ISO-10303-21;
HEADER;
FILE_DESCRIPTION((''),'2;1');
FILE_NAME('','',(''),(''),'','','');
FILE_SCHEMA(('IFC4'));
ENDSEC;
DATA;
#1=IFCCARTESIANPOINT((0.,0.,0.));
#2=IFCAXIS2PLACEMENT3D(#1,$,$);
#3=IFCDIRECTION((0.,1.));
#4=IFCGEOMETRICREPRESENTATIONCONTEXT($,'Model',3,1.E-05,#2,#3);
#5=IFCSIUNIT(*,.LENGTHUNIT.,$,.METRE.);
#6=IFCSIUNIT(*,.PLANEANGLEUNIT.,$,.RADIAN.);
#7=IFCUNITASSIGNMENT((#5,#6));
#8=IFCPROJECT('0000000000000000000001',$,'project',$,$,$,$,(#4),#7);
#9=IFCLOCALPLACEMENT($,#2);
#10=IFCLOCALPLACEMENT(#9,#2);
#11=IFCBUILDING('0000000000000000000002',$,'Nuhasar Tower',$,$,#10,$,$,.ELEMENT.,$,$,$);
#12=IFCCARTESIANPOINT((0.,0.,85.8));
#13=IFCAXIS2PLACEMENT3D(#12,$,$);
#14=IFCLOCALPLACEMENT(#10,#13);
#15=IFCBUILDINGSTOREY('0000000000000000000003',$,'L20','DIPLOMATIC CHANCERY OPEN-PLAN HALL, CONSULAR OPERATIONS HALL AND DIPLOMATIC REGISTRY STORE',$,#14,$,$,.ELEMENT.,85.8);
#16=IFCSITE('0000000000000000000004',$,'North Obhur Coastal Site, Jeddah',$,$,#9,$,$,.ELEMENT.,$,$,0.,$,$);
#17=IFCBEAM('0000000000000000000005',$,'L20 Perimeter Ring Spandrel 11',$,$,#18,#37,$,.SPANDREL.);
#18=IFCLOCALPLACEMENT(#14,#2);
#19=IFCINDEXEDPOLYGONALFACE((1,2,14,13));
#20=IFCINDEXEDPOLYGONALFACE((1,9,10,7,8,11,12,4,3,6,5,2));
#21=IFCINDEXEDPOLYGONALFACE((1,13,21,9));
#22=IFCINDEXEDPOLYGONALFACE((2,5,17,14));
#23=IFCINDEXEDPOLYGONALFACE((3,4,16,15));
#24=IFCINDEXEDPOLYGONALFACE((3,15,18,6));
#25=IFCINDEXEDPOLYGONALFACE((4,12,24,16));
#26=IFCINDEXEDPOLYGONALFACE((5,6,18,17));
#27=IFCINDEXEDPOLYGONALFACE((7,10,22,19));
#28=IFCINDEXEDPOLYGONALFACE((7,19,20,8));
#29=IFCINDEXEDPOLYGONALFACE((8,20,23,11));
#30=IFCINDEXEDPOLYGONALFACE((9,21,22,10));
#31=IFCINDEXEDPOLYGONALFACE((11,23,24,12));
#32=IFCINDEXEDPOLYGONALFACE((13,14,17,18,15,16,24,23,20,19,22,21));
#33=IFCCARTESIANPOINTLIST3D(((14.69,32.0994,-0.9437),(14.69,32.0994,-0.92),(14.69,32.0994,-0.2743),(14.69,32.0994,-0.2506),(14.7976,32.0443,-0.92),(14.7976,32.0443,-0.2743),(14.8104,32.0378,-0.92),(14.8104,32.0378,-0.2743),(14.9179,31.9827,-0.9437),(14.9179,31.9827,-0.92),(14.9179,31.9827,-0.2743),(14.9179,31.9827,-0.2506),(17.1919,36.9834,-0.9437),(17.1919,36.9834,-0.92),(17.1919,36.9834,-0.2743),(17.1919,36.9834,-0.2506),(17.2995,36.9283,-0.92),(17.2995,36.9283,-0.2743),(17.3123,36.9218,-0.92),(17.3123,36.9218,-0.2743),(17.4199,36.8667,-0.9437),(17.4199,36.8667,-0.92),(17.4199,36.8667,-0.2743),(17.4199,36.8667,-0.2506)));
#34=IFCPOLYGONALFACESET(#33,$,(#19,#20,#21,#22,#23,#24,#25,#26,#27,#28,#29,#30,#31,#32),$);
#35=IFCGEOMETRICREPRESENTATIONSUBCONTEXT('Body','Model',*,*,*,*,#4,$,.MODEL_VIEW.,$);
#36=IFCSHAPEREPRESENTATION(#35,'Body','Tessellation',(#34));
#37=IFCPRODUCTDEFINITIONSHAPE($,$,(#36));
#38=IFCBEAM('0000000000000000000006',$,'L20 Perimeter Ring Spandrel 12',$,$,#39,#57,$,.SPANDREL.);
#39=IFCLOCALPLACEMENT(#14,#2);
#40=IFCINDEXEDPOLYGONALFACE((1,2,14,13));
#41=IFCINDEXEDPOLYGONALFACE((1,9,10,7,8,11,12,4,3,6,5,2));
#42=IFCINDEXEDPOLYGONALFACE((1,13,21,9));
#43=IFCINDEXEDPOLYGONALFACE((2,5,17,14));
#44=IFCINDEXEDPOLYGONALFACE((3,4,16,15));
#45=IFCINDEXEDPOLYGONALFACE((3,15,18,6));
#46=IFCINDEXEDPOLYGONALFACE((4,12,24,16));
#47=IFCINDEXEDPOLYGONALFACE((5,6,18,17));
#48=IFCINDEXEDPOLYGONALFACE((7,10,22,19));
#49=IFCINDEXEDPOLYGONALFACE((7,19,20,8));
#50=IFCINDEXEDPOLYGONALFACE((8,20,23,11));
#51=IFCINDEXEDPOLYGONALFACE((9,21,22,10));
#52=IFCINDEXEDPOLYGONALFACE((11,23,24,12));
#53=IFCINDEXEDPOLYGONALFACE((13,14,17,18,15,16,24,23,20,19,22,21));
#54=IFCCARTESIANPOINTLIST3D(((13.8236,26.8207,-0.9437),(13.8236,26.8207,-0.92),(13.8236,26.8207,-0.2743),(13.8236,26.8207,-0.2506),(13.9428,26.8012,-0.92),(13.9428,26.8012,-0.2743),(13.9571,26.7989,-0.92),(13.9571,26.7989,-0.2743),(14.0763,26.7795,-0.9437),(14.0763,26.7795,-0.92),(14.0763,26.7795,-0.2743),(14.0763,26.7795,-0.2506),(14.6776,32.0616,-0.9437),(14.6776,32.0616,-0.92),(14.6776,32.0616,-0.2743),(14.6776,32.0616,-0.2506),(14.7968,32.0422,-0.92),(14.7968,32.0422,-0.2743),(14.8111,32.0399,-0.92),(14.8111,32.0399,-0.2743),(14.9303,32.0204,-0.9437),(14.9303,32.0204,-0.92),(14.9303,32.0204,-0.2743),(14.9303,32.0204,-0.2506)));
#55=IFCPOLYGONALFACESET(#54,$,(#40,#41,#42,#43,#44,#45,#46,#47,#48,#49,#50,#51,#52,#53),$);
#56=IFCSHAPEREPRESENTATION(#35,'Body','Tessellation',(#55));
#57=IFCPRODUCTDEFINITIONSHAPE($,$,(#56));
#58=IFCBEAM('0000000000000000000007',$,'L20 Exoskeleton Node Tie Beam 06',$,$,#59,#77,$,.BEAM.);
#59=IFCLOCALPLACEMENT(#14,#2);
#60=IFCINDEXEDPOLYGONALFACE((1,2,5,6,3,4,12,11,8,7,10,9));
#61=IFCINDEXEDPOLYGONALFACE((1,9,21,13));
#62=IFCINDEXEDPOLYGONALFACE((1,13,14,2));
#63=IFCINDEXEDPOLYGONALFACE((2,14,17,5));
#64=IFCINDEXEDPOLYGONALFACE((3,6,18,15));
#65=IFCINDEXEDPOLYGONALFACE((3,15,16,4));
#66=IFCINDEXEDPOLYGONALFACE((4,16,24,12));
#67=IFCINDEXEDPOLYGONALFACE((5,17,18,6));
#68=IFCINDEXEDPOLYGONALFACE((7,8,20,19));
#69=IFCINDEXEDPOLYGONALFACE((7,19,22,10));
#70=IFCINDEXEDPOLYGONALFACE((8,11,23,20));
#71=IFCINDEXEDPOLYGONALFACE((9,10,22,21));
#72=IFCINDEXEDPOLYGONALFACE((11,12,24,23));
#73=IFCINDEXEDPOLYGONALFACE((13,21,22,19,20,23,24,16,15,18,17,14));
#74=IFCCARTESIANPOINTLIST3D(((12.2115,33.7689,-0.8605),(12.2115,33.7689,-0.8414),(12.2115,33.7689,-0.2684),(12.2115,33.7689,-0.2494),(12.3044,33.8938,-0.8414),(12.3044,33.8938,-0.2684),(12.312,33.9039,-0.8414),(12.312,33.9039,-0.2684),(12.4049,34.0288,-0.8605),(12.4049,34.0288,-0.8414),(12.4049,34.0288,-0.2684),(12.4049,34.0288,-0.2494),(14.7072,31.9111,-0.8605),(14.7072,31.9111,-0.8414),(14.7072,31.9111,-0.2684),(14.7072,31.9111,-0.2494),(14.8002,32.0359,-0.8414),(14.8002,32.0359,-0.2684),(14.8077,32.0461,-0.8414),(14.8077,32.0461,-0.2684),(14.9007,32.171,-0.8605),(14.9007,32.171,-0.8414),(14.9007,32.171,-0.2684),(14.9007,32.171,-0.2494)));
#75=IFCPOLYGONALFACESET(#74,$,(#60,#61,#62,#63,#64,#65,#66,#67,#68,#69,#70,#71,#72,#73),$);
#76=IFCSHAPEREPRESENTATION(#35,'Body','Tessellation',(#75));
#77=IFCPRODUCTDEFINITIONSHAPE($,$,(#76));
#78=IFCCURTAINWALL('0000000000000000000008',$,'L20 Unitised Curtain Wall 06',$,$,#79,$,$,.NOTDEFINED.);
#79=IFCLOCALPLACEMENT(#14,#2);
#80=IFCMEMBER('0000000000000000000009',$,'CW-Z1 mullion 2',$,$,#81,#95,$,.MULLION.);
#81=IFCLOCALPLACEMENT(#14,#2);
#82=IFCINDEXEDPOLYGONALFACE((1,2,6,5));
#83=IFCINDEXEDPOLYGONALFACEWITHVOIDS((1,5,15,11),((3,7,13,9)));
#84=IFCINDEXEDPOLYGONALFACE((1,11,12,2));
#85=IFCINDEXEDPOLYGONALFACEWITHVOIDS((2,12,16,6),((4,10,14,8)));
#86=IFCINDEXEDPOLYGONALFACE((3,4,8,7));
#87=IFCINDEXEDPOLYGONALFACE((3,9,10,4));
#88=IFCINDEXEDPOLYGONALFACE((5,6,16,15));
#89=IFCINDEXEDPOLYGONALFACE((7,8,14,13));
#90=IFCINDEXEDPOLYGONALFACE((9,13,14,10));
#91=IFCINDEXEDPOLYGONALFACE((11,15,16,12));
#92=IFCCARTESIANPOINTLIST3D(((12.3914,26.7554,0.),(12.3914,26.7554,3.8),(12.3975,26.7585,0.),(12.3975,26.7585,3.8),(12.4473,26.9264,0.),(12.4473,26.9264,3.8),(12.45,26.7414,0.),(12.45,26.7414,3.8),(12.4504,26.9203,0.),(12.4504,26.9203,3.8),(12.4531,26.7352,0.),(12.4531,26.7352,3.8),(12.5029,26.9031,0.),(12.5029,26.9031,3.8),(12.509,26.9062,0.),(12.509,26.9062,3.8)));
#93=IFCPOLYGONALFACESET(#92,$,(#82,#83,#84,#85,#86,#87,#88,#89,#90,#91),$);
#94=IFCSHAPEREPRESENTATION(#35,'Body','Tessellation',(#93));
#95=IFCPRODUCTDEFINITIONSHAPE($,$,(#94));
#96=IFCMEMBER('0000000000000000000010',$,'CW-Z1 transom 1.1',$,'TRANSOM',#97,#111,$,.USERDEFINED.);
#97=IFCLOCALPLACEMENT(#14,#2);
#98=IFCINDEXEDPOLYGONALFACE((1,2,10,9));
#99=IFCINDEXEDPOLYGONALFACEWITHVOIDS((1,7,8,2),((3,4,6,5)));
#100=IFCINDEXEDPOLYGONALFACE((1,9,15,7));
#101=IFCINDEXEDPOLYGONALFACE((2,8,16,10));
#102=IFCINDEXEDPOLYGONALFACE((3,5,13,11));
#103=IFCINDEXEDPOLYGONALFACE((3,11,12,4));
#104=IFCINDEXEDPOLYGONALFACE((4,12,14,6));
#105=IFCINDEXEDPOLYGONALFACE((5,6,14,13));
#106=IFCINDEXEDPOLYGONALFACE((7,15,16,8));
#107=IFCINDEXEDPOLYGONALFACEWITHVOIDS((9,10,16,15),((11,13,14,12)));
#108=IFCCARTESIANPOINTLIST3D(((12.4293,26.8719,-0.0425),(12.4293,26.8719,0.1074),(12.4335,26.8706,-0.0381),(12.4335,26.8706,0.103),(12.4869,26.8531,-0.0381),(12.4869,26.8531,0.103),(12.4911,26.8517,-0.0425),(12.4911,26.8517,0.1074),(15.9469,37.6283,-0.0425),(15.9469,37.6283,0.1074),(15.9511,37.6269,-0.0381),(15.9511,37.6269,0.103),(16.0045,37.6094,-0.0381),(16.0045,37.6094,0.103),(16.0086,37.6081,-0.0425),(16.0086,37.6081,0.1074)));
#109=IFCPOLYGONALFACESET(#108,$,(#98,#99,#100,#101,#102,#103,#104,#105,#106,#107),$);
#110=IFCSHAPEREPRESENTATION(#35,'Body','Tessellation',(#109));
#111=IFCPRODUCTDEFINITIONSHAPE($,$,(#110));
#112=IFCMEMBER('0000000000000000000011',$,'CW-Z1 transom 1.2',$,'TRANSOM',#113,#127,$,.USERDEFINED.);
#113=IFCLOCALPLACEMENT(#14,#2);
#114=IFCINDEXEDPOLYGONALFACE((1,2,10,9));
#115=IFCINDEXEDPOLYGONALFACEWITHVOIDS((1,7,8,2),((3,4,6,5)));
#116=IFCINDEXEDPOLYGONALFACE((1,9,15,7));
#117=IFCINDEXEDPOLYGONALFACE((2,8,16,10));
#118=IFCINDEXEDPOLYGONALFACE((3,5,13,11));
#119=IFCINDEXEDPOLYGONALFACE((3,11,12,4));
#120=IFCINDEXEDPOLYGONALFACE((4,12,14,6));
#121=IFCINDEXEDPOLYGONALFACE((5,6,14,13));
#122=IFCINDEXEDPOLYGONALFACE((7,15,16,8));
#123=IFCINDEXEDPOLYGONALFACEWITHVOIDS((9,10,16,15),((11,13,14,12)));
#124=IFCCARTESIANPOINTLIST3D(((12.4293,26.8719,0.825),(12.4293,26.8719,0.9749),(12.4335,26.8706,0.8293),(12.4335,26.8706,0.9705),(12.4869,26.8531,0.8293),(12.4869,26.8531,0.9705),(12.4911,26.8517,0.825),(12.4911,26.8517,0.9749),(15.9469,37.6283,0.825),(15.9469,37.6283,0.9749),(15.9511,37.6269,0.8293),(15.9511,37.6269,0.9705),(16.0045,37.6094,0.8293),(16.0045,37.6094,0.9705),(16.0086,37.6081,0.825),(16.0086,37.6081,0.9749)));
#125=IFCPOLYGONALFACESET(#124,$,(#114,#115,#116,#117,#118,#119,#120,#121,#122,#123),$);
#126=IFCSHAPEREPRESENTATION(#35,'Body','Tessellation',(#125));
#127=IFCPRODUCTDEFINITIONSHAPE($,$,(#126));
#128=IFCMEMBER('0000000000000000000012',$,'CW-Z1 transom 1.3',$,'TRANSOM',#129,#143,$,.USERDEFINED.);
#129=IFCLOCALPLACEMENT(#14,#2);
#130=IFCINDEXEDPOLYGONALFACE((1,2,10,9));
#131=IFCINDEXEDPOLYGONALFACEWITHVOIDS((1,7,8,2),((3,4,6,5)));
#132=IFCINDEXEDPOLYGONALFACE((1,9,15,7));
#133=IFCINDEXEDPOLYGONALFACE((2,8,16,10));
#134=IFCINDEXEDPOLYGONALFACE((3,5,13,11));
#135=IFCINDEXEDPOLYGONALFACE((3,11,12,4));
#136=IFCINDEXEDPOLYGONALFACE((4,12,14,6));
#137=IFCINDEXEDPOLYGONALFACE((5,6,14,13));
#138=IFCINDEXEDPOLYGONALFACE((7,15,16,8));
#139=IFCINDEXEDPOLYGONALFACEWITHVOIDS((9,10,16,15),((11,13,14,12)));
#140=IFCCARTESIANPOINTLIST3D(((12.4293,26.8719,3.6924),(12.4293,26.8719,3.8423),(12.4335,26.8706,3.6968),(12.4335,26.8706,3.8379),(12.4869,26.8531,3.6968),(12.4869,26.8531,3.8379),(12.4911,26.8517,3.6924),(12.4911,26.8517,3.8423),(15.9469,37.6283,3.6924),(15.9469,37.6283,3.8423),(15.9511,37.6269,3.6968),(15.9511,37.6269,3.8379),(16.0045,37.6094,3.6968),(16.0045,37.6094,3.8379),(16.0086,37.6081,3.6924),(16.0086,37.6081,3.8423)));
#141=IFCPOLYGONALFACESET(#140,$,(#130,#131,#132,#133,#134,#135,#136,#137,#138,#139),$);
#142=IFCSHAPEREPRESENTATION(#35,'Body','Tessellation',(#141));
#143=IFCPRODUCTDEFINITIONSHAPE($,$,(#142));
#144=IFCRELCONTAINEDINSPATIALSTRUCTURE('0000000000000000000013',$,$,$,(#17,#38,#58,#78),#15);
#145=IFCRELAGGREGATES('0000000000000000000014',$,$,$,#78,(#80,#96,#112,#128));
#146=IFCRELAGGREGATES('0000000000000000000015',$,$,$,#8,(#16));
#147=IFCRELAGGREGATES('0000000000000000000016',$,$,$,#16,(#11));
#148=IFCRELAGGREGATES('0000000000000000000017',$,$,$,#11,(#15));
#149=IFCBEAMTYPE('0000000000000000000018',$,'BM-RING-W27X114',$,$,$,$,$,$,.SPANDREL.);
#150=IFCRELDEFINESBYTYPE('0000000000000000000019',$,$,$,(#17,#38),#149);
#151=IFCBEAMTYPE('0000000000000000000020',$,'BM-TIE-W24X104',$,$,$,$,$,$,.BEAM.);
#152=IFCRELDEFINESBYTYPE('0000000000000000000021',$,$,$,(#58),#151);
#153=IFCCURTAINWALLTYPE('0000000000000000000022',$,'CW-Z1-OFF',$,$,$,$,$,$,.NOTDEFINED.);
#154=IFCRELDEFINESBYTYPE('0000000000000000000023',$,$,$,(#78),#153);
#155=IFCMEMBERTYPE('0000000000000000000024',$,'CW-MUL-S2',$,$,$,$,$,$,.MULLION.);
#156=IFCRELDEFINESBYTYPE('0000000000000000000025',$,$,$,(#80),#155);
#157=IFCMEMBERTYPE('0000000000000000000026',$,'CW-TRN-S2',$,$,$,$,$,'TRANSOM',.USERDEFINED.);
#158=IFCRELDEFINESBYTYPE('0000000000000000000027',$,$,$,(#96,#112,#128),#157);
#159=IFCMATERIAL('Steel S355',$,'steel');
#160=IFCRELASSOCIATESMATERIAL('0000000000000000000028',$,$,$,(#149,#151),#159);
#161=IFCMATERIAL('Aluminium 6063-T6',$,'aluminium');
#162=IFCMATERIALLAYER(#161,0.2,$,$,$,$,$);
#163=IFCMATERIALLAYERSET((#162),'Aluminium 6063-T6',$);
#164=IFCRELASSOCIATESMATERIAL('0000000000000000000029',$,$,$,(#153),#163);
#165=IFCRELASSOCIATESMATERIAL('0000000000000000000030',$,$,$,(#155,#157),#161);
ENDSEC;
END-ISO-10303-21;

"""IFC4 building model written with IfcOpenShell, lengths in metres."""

from ifc_helpers import new_model, si_unit, direction, frame, origin, origin_2d, place, context, subcontext, project, spatial, hollow_rectangle, i_section, extrude, material, layer, layer_set, material_profile, profile_set, type_object, element, aggregate, save


model = new_model("IFC4")

# Units and contexts
model_context = context("Model", 3, precision=1e-05, world=origin(), true_north=direction((0.0, 1.0)))
body_context = subcontext(model_context, "Body", "Model", "MODEL_VIEW")
ifc_project = project(units=[si_unit("LENGTHUNIT", "METRE"), si_unit("PLANEANGLEUNIT", "RADIAN")], contexts=[model_context])

# Site, building, storey
site_placement = place(None, origin())
site = spatial("IfcSite", under=ifc_project, at=site_placement, Name="North Obhur Coastal Site, Jeddah", CompositionType="ELEMENT", RefElevation=0.0)
building_placement = place(site_placement, origin())
building = spatial("IfcBuilding", under=site, at=building_placement, Name="Nuhasar Tower", CompositionType="ELEMENT")
storey_placement = place(building_placement, frame((0.0, 0.0, 85.8)))
storey = spatial("IfcBuildingStorey", under=building, at=storey_placement, Name="L20", Description="DIPLOMATIC CHANCERY OPEN-PLAN HALL, CONSULAR OPERATIONS HALL AND DIPLOMATIC REGISTRY STORE", CompositionType="ELEMENT", Elevation=85.8)

# Beams
ifc_material_1 = material(Name="Steel S355", Category="steel")
ifc_material_profile_1 = material_profile(ifc_material_1, i_section(OverallWidth=0.2561, OverallDepth=0.6931, WebThickness=0.0144, FlangeThickness=0.0237, at=origin_2d()), Name="W27X114")
ifc_profile_set_1 = profile_set([ifc_material_profile_1], Name="Steel S355")
beam_type_1 = type_object("IfcBeamType", Name="BM-RING-W27X114", PredefinedType="SPANDREL", material=ifc_profile_set_1)
beam_1_placement = place(storey_placement, frame((17.3059, 36.925, -0.5972), z_axis=(-0.45593, -0.890016, 0.0), x_axis=(0.890016, -0.45593, 0.0)))
element("IfcBeam", 1, at=beam_1_placement, inside=storey, type_object=beam_type_1, Name="L20 Perimeter Ring Spandrel 11", PredefinedType="SPANDREL", context=body_context, shape_type="SweptSolid", body=[
    extrude(i_section(OverallWidth=0.2561, OverallDepth=0.6931, WebThickness=0.0144, FlangeThickness=0.0237, at=origin_2d()), origin(), (0.0, 0.0, 1.0), 5.4875),
])
beam_2_placement = place(storey_placement, frame((14.804, 32.041, -0.5972), z_axis=(-0.160827, -0.986983, 0.0), x_axis=(0.986983, -0.160827, 0.0)))
element("IfcBeam", 2, at=beam_2_placement, inside=storey, type_object=beam_type_1, Name="L20 Perimeter Ring Spandrel 12", PredefinedType="SPANDREL", context=body_context, shape_type="SweptSolid", body=[
    extrude(i_section(OverallWidth=0.2561, OverallDepth=0.6931, WebThickness=0.0144, FlangeThickness=0.0237, at=origin_2d()), origin(), (0.0, 0.0, 1.0), 5.3101),
])
ifc_material_profile_2 = material_profile(ifc_material_1, i_section(OverallWidth=0.324, OverallDepth=0.6111, WebThickness=0.0127, FlangeThickness=0.019, at=origin_2d()), Name="W24X104")
ifc_profile_set_2 = profile_set([ifc_material_profile_2], Name="Steel S355")
beam_type_2 = type_object("IfcBeamType", Name="BM-TIE-W24X104", PredefinedType="BEAM", material=ifc_profile_set_2)
beam_3_placement = place(storey_placement, frame((14.804, 32.041, -0.5549), z_axis=(-0.802151, 0.597121, 0.0), x_axis=(-0.597121, -0.802151, 0.0)))
element("IfcBeam", 3, at=beam_3_placement, inside=storey, type_object=beam_type_2, Name="L20 Exoskeleton Node Tie Beam 06", PredefinedType="BEAM", context=body_context, shape_type="SweptSolid", body=[
    extrude(i_section(OverallWidth=0.324, OverallDepth=0.6111, WebThickness=0.0127, FlangeThickness=0.019, at=origin_2d()), origin(), (0.0, 0.0, 1.0), 3.1113),
])

# Curtain wall, members
ifc_material_2 = material(Name="Aluminium 6063-T6", Category="aluminium")
ifc_layer_1 = layer(ifc_material_2, 0.2)
ifc_layer_set_1 = layer_set([ifc_layer_1], Name="Aluminium 6063-T6")
curtain_wall_type = type_object("IfcCurtainWallType", Name="CW-Z1-OFF", PredefinedType="NOTDEFINED", material=ifc_layer_set_1)
curtain_wall_placement = place(storey_placement, origin())
curtain_wall = element("IfcCurtainWall", 4, at=curtain_wall_placement, inside=storey, type_object=curtain_wall_type, Name="L20 Unitised Curtain Wall 06", PredefinedType="NOTDEFINED")
ifc_material_profile_3 = material_profile(ifc_material_2, hollow_rectangle(XDim=0.0649, YDim=0.1799, WallThickness=0.0049, at=origin_2d()), Name="CWM-2")
ifc_profile_set_3 = profile_set([ifc_material_profile_3], Name="Aluminium 6063-T6")
member_type_1 = type_object("IfcMemberType", Name="CW-MUL-S2", PredefinedType="MULLION", material=ifc_profile_set_3)
member_1_placement = place(storey_placement, frame((12.4502, 26.8308, 0.0), z_axis=(0.0, 0.0, 1.0), x_axis=(0.950468, -0.310824, 0.0)))
member_1 = element("IfcMember", 5, at=member_1_placement, type_object=member_type_1, Name="CW-Z1 mullion 2", PredefinedType="MULLION", context=body_context, shape_type="SweptSolid", body=[
    extrude(hollow_rectangle(XDim=0.0649, YDim=0.1799, WallThickness=0.0049, at=origin_2d()), origin(), (0.0, 0.0, 1.0), 3.8),
])
ifc_material_profile_4 = material_profile(ifc_material_2, hollow_rectangle(XDim=0.0649, YDim=0.1499, WallThickness=0.0044, at=origin_2d()), Name="CWT-2")
ifc_profile_set_4 = profile_set([ifc_material_profile_4], Name="Aluminium 6063-T6")
member_type_2 = type_object("IfcMemberType", Name="CW-TRN-S2", ElementType="TRANSOM", PredefinedType="USERDEFINED", material=ifc_profile_set_4)
member_2_placement = place(storey_placement, frame((15.9778, 37.6182, 0.0325), z_axis=(-0.310825, -0.950467, 0.0), x_axis=(0.950467, -0.310825, 0.0)))
member_2 = element("IfcMember", 6, at=member_2_placement, type_object=member_type_2, Name="CW-Z1 transom 1.1", ObjectType="TRANSOM", PredefinedType="USERDEFINED", context=body_context, shape_type="SweptSolid", body=[
    extrude(hollow_rectangle(XDim=0.0649, YDim=0.1499, WallThickness=0.0044, at=origin_2d()), origin(), (0.0, 0.0, 1.0), 11.3169),
])
member_3_placement = place(storey_placement, frame((15.9778, 37.6182, 0.8999), z_axis=(-0.310825, -0.950467, 0.0), x_axis=(0.950467, -0.310825, 0.0)))
member_3 = element("IfcMember", 7, at=member_3_placement, type_object=member_type_2, Name="CW-Z1 transom 1.2", ObjectType="TRANSOM", PredefinedType="USERDEFINED", context=body_context, shape_type="SweptSolid", body=[
    extrude(hollow_rectangle(XDim=0.0649, YDim=0.1499, WallThickness=0.0044, at=origin_2d()), origin(), (0.0, 0.0, 1.0), 11.3169),
])
member_4_placement = place(storey_placement, frame((15.9778, 37.6182, 3.7673), z_axis=(-0.310825, -0.950467, 0.0), x_axis=(0.950467, -0.310825, 0.0)))
member_4 = element("IfcMember", 8, at=member_4_placement, type_object=member_type_2, Name="CW-Z1 transom 1.3", ObjectType="TRANSOM", PredefinedType="USERDEFINED", context=body_context, shape_type="SweptSolid", body=[
    extrude(hollow_rectangle(XDim=0.0649, YDim=0.1499, WallThickness=0.0044, at=origin_2d()), origin(), (0.0, 0.0, 1.0), 11.3169),
])

aggregate(curtain_wall, [member_1, member_2, member_3, member_4])

save(model, "model.ifc")
